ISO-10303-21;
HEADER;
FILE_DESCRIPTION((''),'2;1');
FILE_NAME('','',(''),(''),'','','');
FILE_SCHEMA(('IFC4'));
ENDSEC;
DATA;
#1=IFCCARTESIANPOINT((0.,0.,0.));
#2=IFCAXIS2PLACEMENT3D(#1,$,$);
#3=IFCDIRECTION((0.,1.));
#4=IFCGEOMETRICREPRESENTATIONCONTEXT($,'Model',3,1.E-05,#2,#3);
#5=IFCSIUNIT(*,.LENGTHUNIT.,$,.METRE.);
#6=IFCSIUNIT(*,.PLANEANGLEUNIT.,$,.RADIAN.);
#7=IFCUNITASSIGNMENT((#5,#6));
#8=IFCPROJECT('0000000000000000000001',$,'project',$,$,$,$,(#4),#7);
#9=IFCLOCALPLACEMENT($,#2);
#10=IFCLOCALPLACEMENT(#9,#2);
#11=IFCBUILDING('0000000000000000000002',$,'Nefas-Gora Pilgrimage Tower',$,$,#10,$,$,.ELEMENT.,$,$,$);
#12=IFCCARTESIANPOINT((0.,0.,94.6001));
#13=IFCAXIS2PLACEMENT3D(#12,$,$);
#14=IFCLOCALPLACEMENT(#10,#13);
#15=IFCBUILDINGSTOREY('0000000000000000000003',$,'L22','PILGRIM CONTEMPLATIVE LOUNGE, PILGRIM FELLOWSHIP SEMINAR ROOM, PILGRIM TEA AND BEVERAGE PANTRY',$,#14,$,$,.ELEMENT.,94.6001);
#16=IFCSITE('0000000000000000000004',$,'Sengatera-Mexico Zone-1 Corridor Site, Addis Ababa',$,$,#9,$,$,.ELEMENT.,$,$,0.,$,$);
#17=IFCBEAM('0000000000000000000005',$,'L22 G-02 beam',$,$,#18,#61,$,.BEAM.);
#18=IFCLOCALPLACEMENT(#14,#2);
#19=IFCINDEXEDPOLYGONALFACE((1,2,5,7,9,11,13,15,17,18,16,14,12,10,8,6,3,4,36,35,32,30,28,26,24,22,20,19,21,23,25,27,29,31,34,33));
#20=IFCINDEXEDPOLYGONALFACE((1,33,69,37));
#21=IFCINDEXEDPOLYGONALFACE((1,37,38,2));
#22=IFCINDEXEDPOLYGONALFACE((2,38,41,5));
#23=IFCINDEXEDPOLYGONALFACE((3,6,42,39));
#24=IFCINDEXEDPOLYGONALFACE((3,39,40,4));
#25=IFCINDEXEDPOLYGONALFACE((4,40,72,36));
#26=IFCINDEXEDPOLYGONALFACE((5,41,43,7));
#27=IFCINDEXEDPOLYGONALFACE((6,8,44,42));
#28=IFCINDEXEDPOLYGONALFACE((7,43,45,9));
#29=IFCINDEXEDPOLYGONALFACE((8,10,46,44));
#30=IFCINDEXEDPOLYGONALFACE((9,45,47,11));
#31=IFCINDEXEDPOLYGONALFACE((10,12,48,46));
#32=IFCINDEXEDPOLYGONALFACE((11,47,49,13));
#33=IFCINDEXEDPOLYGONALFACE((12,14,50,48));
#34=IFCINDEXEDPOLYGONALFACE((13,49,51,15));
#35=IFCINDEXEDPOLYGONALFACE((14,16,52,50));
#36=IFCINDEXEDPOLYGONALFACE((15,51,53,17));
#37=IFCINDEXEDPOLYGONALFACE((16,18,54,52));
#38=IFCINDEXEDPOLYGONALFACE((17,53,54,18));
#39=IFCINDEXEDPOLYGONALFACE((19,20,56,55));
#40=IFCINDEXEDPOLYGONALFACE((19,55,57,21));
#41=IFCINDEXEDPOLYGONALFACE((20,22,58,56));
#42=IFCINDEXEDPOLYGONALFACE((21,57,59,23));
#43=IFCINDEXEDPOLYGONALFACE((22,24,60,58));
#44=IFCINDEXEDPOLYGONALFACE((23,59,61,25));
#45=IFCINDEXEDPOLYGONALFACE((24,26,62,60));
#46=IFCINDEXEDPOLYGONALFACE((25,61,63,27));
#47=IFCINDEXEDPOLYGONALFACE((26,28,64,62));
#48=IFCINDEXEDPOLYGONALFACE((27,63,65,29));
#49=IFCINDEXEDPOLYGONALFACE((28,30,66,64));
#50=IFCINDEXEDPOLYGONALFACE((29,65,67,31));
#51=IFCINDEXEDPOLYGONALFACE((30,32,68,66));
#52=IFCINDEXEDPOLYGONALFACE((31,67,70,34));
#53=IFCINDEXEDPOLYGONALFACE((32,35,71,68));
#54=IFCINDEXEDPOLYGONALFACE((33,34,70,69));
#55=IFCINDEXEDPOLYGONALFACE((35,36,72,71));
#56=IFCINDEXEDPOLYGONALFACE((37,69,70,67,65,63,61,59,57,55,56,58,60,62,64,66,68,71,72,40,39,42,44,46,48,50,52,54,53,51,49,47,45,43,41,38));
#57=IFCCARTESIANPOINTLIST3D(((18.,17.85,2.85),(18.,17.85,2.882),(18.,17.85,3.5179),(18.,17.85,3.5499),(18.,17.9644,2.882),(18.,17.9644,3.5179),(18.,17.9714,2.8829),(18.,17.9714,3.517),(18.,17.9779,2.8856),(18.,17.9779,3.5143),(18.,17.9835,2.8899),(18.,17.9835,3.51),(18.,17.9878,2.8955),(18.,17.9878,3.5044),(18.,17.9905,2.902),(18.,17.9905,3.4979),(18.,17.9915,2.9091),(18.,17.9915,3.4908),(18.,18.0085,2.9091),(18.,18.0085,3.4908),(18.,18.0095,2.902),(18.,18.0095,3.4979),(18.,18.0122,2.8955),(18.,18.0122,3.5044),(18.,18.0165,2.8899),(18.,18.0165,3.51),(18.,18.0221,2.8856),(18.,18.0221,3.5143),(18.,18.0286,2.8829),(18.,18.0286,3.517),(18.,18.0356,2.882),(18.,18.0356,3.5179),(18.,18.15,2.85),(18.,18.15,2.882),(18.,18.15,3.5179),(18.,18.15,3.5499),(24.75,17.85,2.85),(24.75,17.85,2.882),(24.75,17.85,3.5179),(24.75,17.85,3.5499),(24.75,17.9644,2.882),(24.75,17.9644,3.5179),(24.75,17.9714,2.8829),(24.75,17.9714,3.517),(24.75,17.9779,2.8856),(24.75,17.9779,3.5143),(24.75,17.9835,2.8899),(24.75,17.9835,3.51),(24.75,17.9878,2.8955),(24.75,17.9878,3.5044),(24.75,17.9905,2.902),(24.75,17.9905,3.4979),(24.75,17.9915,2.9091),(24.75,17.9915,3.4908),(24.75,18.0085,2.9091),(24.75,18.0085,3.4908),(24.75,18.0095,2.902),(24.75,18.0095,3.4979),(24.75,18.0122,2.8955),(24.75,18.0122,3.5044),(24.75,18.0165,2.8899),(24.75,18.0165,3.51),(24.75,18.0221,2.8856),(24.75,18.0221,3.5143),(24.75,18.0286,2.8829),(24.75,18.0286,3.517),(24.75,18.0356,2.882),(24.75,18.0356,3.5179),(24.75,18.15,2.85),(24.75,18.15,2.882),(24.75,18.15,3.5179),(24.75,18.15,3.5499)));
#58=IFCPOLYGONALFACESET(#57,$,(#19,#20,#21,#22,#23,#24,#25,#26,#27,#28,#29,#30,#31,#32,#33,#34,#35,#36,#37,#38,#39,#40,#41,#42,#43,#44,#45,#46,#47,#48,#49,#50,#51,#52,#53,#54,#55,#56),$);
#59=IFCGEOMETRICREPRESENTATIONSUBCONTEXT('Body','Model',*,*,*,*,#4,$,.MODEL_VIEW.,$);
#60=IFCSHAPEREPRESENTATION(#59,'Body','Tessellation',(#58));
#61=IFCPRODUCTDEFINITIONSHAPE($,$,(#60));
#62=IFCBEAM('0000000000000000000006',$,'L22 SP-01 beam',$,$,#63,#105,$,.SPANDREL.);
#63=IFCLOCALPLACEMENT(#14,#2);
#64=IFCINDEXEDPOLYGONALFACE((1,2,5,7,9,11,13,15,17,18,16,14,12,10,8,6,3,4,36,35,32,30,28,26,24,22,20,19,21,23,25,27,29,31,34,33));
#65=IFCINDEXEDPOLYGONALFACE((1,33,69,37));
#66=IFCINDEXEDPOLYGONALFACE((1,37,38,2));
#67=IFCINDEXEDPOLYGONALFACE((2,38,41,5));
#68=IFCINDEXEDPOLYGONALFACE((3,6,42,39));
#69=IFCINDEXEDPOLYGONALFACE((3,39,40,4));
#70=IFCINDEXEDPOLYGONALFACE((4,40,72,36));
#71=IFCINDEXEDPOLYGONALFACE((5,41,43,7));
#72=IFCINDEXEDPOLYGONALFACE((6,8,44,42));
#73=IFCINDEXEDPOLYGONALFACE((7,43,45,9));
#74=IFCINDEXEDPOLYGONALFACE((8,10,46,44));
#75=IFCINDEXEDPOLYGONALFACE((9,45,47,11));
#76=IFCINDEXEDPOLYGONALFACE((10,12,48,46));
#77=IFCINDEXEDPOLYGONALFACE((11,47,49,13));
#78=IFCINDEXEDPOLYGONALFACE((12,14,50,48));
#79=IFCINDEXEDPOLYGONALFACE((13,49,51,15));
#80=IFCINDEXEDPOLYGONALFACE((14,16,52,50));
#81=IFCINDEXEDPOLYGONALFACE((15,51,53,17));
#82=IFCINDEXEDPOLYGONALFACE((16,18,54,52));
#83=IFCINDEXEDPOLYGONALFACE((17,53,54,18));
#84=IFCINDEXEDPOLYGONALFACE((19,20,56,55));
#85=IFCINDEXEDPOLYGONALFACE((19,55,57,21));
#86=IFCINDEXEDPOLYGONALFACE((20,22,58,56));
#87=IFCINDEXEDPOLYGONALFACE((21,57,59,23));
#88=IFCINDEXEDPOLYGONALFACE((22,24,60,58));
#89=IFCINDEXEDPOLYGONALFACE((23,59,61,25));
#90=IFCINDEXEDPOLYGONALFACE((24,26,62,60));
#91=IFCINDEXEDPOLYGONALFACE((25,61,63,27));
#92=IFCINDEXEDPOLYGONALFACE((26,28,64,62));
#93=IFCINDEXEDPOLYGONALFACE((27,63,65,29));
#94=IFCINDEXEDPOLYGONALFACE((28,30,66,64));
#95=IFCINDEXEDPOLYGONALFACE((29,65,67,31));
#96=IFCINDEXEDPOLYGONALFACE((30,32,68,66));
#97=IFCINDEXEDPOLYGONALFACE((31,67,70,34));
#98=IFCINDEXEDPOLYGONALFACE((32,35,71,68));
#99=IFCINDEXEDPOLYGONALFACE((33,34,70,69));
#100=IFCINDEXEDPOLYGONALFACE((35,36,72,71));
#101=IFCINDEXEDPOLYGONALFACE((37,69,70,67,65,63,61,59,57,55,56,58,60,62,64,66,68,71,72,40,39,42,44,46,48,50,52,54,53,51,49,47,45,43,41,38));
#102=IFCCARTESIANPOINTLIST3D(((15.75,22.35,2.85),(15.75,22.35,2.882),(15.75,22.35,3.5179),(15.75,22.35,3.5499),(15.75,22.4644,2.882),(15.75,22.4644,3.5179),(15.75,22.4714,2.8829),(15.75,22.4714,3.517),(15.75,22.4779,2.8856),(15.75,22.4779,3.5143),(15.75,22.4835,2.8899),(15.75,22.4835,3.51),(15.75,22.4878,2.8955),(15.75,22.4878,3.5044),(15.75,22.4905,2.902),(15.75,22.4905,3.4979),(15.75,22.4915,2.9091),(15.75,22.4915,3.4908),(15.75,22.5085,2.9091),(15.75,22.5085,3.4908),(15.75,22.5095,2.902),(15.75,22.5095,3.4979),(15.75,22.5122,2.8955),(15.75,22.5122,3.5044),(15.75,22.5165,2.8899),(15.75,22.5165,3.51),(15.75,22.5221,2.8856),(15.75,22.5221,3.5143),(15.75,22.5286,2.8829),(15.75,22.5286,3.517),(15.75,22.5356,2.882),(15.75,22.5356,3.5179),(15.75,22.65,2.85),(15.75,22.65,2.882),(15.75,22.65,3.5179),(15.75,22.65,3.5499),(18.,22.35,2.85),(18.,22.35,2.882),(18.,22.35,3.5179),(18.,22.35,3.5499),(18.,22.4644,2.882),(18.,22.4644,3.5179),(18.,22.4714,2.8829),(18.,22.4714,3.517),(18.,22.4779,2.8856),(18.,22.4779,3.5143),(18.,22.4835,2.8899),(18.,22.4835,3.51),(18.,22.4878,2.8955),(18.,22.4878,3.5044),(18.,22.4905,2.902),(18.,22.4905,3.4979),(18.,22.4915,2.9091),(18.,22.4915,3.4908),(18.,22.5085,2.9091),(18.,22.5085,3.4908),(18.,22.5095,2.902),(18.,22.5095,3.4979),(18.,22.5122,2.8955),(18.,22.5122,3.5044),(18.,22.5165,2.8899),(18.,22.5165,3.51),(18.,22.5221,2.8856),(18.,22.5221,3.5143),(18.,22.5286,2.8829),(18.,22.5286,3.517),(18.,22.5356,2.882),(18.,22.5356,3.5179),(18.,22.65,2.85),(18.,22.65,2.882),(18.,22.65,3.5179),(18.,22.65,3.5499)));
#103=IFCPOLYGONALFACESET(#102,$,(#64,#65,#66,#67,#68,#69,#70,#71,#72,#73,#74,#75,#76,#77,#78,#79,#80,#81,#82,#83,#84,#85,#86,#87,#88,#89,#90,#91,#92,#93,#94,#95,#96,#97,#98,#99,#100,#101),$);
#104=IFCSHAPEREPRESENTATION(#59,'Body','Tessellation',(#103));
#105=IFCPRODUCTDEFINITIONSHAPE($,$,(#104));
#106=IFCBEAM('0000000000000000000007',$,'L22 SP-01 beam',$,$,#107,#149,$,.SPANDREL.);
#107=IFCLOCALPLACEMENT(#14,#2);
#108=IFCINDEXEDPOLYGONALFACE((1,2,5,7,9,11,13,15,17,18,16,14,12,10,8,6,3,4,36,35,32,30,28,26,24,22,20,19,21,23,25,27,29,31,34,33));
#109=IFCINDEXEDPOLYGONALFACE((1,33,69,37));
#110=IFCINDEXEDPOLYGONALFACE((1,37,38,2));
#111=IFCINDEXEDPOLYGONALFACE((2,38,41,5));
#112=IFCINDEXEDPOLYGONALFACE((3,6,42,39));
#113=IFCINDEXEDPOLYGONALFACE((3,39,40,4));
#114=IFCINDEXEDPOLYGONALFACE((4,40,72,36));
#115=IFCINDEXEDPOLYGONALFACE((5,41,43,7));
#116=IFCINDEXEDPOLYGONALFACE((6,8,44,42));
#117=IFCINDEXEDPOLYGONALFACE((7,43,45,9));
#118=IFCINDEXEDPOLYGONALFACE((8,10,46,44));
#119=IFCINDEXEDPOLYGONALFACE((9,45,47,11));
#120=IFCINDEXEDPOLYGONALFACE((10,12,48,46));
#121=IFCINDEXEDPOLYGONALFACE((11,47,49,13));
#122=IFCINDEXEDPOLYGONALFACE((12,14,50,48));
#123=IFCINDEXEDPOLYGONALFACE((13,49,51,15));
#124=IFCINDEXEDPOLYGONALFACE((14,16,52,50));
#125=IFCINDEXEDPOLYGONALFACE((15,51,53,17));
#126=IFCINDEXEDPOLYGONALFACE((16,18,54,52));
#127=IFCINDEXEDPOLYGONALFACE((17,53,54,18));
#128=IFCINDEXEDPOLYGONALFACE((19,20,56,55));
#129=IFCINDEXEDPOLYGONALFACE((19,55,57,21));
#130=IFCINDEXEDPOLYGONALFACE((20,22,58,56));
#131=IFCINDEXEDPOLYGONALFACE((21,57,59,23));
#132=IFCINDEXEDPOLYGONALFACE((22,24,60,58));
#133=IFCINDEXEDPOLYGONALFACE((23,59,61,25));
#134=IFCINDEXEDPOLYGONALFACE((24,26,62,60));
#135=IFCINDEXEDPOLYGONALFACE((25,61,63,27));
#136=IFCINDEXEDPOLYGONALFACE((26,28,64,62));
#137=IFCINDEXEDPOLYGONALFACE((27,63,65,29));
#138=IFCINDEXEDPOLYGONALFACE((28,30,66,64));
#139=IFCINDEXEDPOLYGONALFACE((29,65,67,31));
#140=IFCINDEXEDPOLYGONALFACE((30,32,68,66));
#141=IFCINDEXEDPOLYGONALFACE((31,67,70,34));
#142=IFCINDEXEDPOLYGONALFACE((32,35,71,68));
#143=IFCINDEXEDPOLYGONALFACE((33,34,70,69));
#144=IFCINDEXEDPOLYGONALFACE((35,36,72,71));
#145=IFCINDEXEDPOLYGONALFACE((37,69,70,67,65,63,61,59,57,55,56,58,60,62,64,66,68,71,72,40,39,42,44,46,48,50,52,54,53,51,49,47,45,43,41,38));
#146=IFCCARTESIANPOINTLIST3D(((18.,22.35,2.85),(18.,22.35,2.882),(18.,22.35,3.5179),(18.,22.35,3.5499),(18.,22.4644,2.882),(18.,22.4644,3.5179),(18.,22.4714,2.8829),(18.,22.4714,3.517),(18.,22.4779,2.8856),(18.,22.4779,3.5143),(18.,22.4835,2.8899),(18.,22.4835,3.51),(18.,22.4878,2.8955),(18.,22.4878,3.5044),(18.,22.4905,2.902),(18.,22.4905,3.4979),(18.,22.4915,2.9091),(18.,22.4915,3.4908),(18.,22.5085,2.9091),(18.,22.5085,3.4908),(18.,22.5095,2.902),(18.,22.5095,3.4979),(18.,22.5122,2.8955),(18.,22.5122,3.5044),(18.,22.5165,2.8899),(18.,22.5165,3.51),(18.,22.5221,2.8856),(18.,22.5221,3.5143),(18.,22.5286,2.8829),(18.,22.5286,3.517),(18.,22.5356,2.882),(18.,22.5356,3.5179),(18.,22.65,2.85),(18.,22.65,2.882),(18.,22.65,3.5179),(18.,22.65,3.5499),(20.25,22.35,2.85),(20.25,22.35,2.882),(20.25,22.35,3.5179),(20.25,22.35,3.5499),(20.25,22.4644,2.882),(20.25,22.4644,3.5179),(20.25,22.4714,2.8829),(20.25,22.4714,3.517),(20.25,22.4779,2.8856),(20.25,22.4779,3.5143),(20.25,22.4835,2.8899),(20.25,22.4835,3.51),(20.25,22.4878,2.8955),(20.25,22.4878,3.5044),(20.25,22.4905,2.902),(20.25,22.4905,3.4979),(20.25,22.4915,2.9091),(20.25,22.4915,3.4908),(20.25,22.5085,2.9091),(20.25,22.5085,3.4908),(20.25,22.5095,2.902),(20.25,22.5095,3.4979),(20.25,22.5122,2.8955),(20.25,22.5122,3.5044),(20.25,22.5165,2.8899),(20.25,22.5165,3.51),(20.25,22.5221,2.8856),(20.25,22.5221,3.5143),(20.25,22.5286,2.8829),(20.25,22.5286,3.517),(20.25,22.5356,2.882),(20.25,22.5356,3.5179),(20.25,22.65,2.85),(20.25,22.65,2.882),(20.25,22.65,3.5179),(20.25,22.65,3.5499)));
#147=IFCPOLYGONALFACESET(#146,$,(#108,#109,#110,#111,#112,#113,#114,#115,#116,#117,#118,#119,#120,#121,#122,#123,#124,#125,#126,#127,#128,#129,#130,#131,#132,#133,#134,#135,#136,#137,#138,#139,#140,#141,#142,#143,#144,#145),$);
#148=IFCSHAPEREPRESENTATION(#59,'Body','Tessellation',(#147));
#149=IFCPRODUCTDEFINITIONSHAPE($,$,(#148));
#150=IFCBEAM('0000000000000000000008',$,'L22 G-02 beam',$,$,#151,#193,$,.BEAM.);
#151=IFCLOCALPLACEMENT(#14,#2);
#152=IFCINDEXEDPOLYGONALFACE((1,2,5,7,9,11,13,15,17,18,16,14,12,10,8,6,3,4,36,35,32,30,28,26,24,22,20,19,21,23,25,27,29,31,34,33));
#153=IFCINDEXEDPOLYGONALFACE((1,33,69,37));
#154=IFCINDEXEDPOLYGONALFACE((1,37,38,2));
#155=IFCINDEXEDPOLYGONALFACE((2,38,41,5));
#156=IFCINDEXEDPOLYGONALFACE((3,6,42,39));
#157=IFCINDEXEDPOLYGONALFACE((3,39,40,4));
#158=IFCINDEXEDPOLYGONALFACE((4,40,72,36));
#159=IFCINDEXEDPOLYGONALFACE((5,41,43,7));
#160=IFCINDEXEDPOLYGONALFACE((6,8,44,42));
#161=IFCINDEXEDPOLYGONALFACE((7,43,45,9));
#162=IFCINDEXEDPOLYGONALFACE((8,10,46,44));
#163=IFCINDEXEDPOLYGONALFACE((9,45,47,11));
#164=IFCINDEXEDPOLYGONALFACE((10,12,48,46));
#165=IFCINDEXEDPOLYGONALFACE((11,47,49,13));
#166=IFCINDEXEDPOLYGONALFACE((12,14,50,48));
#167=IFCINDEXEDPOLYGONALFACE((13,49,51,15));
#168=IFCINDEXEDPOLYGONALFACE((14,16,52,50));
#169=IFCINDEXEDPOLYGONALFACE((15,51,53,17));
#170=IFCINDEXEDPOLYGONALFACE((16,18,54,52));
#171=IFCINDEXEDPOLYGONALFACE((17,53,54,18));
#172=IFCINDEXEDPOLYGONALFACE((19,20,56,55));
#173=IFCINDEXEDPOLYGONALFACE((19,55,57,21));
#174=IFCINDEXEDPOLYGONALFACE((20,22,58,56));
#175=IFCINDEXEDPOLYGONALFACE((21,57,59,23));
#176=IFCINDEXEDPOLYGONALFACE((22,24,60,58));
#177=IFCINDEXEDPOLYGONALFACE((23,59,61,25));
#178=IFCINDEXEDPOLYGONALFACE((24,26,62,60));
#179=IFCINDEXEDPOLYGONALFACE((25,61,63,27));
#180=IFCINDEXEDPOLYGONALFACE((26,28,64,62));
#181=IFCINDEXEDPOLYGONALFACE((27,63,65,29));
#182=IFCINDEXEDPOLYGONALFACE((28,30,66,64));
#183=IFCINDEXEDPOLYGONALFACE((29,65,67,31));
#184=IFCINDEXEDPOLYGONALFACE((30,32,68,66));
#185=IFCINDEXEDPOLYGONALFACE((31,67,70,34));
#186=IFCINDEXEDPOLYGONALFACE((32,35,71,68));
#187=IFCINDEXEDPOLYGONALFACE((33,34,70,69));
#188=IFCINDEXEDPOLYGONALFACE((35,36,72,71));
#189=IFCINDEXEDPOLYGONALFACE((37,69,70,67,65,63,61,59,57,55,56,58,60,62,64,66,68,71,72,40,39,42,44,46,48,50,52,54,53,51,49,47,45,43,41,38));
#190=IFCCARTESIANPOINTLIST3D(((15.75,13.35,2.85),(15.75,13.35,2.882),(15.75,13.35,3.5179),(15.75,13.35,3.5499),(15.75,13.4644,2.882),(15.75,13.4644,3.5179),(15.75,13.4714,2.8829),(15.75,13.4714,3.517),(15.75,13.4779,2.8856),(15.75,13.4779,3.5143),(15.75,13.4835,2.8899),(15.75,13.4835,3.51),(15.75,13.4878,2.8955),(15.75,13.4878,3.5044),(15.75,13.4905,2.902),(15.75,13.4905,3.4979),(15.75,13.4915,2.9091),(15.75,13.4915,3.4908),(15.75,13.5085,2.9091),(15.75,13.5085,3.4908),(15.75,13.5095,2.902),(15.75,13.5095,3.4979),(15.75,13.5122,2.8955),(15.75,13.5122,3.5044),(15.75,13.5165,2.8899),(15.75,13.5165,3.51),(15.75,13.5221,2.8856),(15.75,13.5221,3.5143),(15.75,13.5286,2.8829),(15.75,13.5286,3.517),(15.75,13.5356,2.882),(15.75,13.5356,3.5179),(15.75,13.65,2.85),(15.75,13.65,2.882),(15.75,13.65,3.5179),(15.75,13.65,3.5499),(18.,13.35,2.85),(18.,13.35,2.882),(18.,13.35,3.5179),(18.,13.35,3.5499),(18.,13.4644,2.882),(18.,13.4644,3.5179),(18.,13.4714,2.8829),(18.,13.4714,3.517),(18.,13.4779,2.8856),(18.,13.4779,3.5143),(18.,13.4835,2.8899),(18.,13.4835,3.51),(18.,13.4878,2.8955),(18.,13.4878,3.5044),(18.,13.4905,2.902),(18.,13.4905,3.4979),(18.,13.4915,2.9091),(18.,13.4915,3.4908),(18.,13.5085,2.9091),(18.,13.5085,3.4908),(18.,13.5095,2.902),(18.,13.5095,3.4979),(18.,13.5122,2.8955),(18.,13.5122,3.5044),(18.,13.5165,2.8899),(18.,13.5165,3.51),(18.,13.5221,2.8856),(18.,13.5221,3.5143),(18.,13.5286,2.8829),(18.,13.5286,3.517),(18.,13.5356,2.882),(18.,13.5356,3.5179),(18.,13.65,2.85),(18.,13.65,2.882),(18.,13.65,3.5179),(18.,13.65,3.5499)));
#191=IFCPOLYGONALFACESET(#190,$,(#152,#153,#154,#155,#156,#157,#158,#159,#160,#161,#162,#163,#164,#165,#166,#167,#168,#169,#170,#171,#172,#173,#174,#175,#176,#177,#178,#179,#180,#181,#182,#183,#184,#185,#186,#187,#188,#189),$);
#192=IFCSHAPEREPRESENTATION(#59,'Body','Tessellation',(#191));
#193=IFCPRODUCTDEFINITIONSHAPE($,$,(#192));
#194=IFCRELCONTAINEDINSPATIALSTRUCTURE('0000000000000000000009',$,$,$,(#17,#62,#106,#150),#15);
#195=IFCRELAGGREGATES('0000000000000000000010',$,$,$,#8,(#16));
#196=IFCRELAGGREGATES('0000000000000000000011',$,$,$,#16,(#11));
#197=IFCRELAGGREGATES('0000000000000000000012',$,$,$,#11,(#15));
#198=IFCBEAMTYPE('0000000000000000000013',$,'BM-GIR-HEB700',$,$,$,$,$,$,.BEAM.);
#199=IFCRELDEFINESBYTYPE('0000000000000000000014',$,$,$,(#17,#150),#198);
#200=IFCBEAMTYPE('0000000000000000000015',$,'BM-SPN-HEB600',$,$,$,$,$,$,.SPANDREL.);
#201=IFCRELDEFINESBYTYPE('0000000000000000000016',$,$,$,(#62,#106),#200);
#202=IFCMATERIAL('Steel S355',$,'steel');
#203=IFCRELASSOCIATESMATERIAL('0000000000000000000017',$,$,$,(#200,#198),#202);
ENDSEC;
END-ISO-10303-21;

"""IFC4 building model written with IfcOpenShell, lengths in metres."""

from ifc_helpers import new_model, si_unit, direction, frame, origin, origin_2d, place, context, subcontext, project, spatial, i_section, extrude, source, transform, mapped, material, material_profile, profile_set, type_object, element, save


model = new_model("IFC4")

# Units and contexts
model_context = context("Model", 3, precision=1e-05, world=origin(), true_north=direction((0.0, 1.0)))
body_context = subcontext(model_context, "Body", "Model", "MODEL_VIEW")
ifc_project = project(units=[si_unit("LENGTHUNIT", "METRE"), si_unit("PLANEANGLEUNIT", "RADIAN")], contexts=[model_context])

# Site, building, storey
site_placement = place(None, origin())
site = spatial("IfcSite", under=ifc_project, at=site_placement, Name="Sengatera-Mexico Zone-1 Corridor Site, Addis Ababa", CompositionType="ELEMENT", RefElevation=0.0)
building_placement = place(site_placement, origin())
building = spatial("IfcBuilding", under=site, at=building_placement, Name="Nefas-Gora Pilgrimage Tower", CompositionType="ELEMENT")
storey_placement = place(building_placement, frame((0.0, 0.0, 94.6001)))
storey = spatial("IfcBuildingStorey", under=building, at=storey_placement, Name="L22", Description="PILGRIM CONTEMPLATIVE LOUNGE, PILGRIM FELLOWSHIP SEMINAR ROOM, PILGRIM TEA AND BEVERAGE PANTRY", CompositionType="ELEMENT", Elevation=94.6001)

# Beams
ifc_material_1 = material(Name="Steel S355", Category="steel")
ifc_material_profile_1 = material_profile(ifc_material_1, i_section(OverallWidth=0.3, OverallDepth=0.7, WebThickness=0.0171, FlangeThickness=0.032, FilletRadius=0.0271, at=origin_2d()), Name="HEB 700")
ifc_profile_set_1 = profile_set([ifc_material_profile_1], Name="Steel S355")
beam_type_1 = type_object("IfcBeamType", Name="BM-SPN-HEB600", PredefinedType="SPANDREL", material=ifc_profile_set_1)
ifc_material_profile_2 = material_profile(ifc_material_1, i_section(OverallWidth=0.3, OverallDepth=0.7, WebThickness=0.0171, FlangeThickness=0.032, FilletRadius=0.0271, at=origin_2d()), Name="HEB 700")
ifc_profile_set_2 = profile_set([ifc_material_profile_2], Name="Steel S355")
beam_type_2 = type_object("IfcBeamType", Name="BM-GIR-HEB700", PredefinedType="BEAM", material=ifc_profile_set_2)
shared_shape_1 = source(origin(), body_context, "Body", "SweptSolid", [
    extrude(i_section(OverallWidth=0.3, OverallDepth=0.7, WebThickness=0.0171, FlangeThickness=0.032, FilletRadius=0.0271, at=origin_2d()), origin(), (0.0, 0.0, 1.0), 6.75),
])
for number, where, z_axis, x_axis, name in (
    (1, (18.0, 18.0, 3.2), (1.0, 0.0, 0.0), (0.0, 1.0, 0.0), "L22 G-02 beam"),
):
    element("IfcBeam", number, at=place(storey_placement, frame(where, z_axis=z_axis, x_axis=x_axis)), inside=storey, type_object=beam_type_2, Name=name, PredefinedType="BEAM", context=body_context, shape_type="MappedRepresentation", body=[
        mapped(shared_shape_1, transform((0.0, 0.0, 0.0), x_axis=(1.0, 0.0, 0.0), y_axis=(0.0, 1.0, 0.0), z_axis=(0.0, 0.0, 1.0), scale=1.0)),
    ])
shared_shape_2 = source(origin(), body_context, "Body", "SweptSolid", [
    extrude(i_section(OverallWidth=0.3, OverallDepth=0.7, WebThickness=0.0171, FlangeThickness=0.032, FilletRadius=0.0271, at=origin_2d()), origin(), (0.0, 0.0, 1.0), 2.25),
])
for number, where, z_axis, x_axis, name in (
    (2, (15.75, 22.5, 3.2), (1.0, 0.0, 0.0), (0.0, 1.0, 0.0), "L22 SP-01 beam"),
    (3, (18.0, 22.5, 3.2), (1.0, 0.0, 0.0), (0.0, 1.0, 0.0), "L22 SP-01 beam"),
):
    element("IfcBeam", number, at=place(storey_placement, frame(where, z_axis=z_axis, x_axis=x_axis)), inside=storey, type_object=beam_type_1, Name=name, PredefinedType="SPANDREL", context=body_context, shape_type="MappedRepresentation", body=[
        mapped(shared_shape_2, transform((0.0, 0.0, 0.0), x_axis=(1.0, 0.0, 0.0), y_axis=(0.0, 1.0, 0.0), z_axis=(0.0, 0.0, 1.0), scale=1.0)),
    ])
shared_shape_3 = source(origin(), body_context, "Body", "SweptSolid", [
    extrude(i_section(OverallWidth=0.3, OverallDepth=0.7, WebThickness=0.0171, FlangeThickness=0.032, FilletRadius=0.0271, at=origin_2d()), origin(), (0.0, 0.0, 1.0), 2.25),
])
beam_1_placement = place(storey_placement, frame((15.75, 13.5, 3.2), z_axis=(1.0, 0.0, 0.0), x_axis=(0.0, 1.0, 0.0)))
element("IfcBeam", 4, at=beam_1_placement, inside=storey, type_object=beam_type_2, Name="L22 G-02 beam", PredefinedType="BEAM", context=body_context, shape_type="MappedRepresentation", body=[
    mapped(shared_shape_3, transform((0.0, 0.0, 0.0), x_axis=(1.0, 0.0, 0.0), y_axis=(0.0, 1.0, 0.0), z_axis=(0.0, 0.0, 1.0), scale=1.0)),
])

save(model, "model.ifc")
